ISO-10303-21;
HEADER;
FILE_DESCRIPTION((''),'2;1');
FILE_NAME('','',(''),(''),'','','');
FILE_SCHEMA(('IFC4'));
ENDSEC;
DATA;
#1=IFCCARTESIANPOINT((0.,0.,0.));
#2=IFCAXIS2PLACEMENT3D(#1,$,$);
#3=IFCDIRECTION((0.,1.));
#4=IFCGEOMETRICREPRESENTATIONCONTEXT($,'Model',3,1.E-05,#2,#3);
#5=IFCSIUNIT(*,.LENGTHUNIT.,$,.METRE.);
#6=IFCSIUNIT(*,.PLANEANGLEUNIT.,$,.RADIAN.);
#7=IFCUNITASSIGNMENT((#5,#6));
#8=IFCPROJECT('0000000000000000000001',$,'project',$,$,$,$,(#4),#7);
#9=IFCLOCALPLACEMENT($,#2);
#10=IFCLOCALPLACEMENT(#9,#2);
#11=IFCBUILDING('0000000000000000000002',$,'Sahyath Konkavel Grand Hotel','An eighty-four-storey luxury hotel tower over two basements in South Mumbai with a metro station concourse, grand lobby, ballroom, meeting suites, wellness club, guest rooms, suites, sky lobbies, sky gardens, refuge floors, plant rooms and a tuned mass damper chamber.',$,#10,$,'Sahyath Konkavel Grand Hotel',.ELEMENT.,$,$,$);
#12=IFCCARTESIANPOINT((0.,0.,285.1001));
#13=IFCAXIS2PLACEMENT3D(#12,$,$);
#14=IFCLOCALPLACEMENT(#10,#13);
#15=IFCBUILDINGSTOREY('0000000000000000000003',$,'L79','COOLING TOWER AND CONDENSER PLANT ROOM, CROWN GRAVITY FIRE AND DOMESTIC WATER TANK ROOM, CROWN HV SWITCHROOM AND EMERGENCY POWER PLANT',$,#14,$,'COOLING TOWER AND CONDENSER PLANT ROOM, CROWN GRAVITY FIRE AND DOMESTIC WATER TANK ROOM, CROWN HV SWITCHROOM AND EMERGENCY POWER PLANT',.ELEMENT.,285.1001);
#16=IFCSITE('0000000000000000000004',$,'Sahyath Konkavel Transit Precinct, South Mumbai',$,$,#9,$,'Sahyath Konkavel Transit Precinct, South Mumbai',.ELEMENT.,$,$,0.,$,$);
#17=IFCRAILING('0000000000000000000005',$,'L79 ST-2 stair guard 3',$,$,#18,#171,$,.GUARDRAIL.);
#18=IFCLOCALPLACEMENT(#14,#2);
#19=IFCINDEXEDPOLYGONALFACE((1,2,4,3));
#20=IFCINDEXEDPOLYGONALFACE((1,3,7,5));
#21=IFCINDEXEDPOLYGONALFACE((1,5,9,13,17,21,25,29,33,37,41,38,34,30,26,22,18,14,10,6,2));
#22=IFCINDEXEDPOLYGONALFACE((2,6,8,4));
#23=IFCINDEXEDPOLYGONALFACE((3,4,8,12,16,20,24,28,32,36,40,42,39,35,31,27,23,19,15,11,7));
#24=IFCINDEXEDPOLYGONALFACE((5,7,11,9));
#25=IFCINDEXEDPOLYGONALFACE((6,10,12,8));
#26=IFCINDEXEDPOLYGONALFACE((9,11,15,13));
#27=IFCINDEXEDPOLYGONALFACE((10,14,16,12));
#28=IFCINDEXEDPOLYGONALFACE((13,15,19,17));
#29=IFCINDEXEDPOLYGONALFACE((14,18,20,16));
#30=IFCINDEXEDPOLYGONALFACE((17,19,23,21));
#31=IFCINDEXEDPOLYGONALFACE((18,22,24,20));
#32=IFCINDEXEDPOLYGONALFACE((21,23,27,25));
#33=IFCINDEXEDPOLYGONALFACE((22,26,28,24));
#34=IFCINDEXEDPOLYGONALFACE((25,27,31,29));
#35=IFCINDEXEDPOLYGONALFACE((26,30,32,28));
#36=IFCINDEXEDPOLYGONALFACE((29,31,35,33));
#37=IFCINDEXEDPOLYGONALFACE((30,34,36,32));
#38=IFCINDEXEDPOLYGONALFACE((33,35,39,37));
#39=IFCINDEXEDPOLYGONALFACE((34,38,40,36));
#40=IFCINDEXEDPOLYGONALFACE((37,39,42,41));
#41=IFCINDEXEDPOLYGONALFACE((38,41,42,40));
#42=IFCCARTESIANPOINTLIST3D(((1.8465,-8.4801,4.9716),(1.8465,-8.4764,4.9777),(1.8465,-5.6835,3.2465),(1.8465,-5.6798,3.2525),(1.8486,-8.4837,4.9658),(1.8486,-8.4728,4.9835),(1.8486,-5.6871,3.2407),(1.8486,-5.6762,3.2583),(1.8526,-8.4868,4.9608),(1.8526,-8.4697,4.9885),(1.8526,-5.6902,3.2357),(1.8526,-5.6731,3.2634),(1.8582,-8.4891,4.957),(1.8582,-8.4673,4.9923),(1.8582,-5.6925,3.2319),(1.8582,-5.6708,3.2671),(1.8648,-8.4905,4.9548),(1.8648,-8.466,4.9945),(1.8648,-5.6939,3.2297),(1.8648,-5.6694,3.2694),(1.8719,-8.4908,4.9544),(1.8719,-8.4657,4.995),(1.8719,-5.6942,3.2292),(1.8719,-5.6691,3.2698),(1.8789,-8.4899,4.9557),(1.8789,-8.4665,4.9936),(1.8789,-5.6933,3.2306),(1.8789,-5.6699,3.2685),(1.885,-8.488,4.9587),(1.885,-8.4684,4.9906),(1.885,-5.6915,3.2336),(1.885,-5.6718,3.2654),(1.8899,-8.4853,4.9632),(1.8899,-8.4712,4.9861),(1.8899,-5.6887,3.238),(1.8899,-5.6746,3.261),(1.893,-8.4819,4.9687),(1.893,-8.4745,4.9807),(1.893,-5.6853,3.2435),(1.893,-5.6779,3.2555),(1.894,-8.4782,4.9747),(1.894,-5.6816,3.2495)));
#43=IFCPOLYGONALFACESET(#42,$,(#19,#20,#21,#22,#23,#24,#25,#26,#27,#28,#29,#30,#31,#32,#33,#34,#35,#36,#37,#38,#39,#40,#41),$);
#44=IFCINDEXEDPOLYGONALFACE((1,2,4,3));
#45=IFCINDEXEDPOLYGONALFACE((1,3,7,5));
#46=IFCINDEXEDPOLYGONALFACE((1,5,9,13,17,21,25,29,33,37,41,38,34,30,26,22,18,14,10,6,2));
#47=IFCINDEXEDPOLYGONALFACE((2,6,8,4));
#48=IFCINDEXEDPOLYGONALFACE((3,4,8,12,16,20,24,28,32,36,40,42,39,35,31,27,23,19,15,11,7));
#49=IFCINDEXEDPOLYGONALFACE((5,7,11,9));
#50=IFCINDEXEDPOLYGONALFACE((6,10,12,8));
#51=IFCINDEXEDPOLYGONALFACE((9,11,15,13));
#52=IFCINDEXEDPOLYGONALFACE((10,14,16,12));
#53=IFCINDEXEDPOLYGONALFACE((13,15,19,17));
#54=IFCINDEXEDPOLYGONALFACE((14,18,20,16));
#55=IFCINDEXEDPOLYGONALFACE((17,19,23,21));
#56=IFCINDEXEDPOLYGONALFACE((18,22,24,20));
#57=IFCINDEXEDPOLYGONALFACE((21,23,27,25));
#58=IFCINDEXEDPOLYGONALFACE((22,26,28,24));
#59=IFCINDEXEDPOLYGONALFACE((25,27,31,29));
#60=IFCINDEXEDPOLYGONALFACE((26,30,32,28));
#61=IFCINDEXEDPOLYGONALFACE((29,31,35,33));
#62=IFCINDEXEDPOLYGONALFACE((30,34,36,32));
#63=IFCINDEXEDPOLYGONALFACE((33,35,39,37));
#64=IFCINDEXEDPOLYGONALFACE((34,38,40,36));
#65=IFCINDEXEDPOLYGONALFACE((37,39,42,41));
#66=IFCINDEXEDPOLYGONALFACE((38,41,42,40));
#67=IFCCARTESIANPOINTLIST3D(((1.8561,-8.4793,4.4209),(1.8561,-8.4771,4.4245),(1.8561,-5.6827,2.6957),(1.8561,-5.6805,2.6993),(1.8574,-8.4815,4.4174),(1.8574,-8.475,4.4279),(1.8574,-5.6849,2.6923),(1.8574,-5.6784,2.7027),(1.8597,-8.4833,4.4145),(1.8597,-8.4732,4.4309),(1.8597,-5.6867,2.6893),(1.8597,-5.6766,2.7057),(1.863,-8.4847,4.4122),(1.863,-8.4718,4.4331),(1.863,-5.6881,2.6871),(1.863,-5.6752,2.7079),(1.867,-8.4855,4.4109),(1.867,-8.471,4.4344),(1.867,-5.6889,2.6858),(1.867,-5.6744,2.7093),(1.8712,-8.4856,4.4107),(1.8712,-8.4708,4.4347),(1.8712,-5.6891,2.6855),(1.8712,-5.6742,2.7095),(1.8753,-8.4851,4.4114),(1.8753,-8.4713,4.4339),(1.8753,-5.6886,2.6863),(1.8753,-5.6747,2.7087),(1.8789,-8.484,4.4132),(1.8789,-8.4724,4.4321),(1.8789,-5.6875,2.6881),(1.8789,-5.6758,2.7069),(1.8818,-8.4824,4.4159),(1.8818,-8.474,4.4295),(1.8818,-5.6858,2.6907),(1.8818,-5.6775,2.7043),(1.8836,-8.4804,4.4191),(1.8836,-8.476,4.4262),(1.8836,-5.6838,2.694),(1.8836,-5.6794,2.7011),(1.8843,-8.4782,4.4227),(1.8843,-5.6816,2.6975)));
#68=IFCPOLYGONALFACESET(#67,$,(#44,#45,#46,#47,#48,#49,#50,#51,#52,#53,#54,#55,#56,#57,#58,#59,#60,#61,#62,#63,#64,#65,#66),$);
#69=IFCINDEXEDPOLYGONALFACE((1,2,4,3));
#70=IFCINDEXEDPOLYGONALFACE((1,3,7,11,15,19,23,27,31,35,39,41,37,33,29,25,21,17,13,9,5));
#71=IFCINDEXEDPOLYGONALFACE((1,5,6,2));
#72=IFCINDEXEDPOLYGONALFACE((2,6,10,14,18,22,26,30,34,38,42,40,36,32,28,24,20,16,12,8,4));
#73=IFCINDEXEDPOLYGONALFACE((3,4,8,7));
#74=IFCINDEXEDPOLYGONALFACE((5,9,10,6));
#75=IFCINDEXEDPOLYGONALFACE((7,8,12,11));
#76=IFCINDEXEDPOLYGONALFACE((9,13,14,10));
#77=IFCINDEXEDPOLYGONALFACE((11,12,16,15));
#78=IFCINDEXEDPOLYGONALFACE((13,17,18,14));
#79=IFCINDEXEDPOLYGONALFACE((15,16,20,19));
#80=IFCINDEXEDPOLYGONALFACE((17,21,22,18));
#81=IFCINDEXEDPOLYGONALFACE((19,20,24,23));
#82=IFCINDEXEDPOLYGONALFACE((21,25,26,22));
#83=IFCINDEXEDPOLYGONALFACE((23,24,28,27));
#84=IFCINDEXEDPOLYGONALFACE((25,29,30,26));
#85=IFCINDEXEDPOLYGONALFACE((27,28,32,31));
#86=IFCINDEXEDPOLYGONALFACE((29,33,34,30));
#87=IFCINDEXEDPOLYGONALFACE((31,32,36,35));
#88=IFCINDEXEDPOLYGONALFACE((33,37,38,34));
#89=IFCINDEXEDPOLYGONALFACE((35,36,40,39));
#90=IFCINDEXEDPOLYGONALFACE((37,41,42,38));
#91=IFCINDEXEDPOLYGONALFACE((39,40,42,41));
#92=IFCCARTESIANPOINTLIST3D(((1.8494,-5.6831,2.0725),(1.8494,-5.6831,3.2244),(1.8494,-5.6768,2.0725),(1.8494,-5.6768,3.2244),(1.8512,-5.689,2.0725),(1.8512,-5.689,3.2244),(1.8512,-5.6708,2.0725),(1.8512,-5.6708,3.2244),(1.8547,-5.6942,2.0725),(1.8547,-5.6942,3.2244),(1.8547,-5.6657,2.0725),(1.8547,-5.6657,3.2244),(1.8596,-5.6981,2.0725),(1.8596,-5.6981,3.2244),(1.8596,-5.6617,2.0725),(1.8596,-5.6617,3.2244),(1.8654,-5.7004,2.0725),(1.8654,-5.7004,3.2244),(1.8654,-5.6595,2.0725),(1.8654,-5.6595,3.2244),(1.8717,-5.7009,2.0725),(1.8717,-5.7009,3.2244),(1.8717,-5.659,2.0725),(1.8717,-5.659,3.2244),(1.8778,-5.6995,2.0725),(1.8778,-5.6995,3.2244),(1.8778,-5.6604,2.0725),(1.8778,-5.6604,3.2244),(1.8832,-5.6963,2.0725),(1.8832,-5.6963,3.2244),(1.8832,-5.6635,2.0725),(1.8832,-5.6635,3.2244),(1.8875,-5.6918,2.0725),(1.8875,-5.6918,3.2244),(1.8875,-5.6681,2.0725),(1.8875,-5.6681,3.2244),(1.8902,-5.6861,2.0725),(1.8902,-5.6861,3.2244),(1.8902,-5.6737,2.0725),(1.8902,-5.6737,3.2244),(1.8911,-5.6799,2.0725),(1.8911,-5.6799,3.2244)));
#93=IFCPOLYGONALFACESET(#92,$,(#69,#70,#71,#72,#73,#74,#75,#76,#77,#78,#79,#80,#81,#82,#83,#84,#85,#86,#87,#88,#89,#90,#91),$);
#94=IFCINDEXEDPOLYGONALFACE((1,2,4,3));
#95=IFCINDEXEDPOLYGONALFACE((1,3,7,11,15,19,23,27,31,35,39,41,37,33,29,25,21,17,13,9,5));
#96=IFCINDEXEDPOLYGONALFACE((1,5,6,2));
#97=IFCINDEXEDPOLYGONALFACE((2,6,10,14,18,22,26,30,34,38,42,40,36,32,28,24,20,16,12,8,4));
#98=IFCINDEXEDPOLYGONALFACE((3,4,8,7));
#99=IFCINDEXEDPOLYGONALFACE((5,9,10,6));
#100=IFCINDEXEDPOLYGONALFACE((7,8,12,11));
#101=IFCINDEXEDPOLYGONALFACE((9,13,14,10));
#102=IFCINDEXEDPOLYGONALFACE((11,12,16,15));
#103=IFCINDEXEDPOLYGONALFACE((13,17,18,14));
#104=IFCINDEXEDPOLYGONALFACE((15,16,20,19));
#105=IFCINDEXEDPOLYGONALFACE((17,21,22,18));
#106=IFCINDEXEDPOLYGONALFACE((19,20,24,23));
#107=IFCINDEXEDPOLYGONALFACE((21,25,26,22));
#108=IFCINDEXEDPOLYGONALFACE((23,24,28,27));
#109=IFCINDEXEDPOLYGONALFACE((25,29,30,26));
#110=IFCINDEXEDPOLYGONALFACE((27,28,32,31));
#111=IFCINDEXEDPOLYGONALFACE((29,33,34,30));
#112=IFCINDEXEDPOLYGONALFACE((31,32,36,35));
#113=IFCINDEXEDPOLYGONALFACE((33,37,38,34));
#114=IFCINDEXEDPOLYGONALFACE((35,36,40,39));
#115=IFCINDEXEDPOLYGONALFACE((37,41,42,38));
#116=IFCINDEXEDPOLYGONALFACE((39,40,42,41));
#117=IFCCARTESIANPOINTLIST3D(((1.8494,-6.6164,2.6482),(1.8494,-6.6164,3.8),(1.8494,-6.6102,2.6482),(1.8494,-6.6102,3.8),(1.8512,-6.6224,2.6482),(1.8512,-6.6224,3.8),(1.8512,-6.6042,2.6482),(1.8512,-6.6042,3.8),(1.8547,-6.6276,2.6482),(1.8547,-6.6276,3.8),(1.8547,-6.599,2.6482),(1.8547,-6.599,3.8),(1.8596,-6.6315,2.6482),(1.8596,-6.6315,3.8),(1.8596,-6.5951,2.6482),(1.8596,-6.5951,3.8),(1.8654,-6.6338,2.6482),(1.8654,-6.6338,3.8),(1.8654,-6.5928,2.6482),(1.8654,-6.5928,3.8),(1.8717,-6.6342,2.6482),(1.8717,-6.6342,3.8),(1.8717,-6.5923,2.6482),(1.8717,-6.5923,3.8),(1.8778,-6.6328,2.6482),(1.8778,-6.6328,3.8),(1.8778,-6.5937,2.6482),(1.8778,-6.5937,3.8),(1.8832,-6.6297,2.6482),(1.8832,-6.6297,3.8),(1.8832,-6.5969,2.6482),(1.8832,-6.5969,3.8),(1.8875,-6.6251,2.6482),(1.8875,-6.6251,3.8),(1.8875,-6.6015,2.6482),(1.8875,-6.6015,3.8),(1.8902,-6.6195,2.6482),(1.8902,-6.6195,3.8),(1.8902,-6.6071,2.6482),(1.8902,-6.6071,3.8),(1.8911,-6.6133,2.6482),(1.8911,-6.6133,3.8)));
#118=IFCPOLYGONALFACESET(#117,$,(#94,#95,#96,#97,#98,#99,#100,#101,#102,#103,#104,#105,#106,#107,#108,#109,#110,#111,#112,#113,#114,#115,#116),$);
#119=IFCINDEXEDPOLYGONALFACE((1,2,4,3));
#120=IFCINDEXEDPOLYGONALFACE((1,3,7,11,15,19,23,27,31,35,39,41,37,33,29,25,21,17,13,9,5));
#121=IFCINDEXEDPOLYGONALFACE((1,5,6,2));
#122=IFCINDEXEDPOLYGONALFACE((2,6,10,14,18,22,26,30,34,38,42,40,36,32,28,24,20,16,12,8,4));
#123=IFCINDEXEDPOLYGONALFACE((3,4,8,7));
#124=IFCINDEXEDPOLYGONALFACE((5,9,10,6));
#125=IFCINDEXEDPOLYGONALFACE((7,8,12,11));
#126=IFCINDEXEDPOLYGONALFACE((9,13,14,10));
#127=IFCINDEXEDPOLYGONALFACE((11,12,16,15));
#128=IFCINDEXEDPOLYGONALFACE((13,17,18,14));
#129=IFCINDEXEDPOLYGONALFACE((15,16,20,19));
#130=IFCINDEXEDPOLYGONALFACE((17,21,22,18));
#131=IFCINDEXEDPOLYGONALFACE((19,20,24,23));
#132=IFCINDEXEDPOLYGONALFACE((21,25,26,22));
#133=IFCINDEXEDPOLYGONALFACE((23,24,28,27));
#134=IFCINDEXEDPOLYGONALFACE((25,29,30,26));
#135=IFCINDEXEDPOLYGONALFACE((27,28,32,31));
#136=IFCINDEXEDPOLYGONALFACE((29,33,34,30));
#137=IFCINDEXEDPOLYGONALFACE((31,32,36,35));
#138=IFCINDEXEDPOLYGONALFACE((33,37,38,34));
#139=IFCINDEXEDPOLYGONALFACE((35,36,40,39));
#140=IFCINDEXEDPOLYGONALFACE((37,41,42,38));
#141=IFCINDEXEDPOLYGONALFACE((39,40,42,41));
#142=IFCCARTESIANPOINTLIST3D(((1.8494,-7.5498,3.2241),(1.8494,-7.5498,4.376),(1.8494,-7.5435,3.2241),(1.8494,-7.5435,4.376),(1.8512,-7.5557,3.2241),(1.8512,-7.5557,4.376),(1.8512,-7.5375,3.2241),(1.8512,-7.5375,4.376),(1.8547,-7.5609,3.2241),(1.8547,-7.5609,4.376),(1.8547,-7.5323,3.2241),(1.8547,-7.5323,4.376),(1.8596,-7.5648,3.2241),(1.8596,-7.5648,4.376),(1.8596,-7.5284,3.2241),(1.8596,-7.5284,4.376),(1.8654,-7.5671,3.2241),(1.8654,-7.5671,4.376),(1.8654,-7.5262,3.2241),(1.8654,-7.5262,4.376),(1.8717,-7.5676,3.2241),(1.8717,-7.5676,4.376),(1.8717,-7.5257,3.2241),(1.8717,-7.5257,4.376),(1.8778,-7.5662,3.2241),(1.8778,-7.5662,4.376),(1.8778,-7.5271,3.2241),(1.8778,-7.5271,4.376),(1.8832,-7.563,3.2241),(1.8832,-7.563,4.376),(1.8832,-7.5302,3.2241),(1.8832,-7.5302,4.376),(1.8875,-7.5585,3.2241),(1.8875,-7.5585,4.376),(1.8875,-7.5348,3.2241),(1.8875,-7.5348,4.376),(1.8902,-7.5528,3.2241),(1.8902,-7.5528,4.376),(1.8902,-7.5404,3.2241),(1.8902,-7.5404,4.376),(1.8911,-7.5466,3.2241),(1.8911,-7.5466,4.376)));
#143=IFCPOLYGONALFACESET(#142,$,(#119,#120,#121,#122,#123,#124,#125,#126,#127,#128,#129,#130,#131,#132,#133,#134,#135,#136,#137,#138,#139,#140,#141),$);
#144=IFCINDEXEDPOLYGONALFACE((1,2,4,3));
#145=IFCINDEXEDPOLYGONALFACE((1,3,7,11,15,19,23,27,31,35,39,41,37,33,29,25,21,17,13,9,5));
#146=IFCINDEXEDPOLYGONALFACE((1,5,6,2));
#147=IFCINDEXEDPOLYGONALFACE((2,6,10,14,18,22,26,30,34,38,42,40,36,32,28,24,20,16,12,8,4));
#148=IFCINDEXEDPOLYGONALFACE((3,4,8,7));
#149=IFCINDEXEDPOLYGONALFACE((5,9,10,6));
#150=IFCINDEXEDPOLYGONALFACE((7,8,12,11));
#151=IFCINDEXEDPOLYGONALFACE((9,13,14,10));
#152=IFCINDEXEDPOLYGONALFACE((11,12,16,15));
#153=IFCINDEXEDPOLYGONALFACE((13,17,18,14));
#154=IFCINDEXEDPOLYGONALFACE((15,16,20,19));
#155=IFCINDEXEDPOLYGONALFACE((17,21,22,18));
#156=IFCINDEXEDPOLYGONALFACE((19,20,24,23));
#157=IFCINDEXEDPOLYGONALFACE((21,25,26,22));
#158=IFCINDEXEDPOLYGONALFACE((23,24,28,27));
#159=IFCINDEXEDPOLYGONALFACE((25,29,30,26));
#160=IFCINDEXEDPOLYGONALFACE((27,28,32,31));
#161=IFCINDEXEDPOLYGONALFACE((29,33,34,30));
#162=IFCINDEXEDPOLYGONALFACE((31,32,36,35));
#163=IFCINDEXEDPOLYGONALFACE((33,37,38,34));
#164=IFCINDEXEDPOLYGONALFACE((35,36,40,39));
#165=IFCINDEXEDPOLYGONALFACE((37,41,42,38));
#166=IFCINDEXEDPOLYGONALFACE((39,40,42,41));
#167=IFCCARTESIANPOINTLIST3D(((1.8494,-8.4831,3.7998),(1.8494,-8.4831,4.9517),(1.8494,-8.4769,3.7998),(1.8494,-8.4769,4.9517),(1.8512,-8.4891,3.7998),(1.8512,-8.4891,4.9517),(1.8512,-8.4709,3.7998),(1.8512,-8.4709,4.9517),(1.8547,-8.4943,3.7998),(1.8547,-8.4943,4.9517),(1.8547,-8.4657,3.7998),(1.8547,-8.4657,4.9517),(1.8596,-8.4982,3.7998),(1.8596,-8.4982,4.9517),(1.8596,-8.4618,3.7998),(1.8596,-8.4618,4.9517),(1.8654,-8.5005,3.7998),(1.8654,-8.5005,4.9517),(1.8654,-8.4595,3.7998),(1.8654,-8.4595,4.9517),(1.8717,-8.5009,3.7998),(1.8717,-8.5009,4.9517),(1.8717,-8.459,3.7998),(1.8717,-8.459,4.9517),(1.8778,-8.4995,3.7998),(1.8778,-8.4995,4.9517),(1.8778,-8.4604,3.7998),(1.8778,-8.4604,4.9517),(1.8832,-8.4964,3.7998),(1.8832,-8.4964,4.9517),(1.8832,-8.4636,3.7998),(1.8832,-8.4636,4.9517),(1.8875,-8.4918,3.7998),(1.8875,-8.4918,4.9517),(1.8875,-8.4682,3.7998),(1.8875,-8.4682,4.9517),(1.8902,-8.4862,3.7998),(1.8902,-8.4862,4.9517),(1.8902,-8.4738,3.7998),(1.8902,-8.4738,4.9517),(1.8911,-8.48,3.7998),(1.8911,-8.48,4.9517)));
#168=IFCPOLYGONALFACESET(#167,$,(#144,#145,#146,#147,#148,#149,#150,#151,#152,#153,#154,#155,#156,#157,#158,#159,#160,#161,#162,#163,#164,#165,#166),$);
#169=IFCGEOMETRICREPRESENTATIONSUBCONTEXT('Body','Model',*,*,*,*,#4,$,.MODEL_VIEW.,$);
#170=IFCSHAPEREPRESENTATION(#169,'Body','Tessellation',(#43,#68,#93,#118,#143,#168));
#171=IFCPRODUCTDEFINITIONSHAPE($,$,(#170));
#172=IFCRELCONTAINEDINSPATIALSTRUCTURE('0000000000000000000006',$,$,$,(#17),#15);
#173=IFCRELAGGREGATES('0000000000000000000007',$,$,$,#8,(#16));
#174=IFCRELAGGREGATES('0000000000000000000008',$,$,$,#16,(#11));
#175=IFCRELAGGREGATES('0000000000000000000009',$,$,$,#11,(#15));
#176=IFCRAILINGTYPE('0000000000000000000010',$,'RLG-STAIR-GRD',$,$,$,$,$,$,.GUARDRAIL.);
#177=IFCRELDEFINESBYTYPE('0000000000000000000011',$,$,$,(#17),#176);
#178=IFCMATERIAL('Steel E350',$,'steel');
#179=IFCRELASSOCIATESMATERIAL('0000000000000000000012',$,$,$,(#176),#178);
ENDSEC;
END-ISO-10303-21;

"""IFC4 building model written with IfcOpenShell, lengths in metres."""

from ifc_helpers import new_model, si_unit, direction, frame, origin, origin_2d, place, context, subcontext, project, spatial, circle, extrude, material, type_object, element, save


model = new_model("IFC4")

# Units and contexts
model_context = context("Model", 3, precision=1e-05, world=origin(), true_north=direction((0.0, 1.0)))
body_context = subcontext(model_context, "Body", "Model", "MODEL_VIEW")
ifc_project = project(units=[si_unit("LENGTHUNIT", "METRE"), si_unit("PLANEANGLEUNIT", "RADIAN")], contexts=[model_context])

# Site, building, storey
site_placement = place(None, origin())
site = spatial("IfcSite", under=ifc_project, at=site_placement, Name="Sahyath Konkavel Transit Precinct, South Mumbai", LongName="Sahyath Konkavel Transit Precinct, South Mumbai", CompositionType="ELEMENT", RefElevation=0.0)
building_placement = place(site_placement, origin())
building = spatial("IfcBuilding", under=site, at=building_placement, Name="Sahyath Konkavel Grand Hotel", Description="An eighty-four-storey luxury hotel tower over two basements in South Mumbai with a metro station concourse, grand lobby, ballroom, meeting suites, wellness club, guest rooms, suites, sky lobbies, sky gardens, refuge floors, plant rooms and a tuned mass damper chamber.", LongName="Sahyath Konkavel Grand Hotel", CompositionType="ELEMENT")
storey_placement = place(building_placement, frame((0.0, 0.0, 285.1001)))
storey = spatial("IfcBuildingStorey", under=building, at=storey_placement, Name="L79", Description="COOLING TOWER AND CONDENSER PLANT ROOM, CROWN GRAVITY FIRE AND DOMESTIC WATER TANK ROOM, CROWN HV SWITCHROOM AND EMERGENCY POWER PLANT", LongName="COOLING TOWER AND CONDENSER PLANT ROOM, CROWN GRAVITY FIRE AND DOMESTIC WATER TANK ROOM, CROWN HV SWITCHROOM AND EMERGENCY POWER PLANT", CompositionType="ELEMENT", Elevation=285.1001)

# Shared definitions
ifc_material_1 = material(Name="Steel E350", Category="steel")

# Railing
railing_type_1 = type_object("IfcRailingType", Name="RLG-STAIR-GRD", PredefinedType="GUARDRAIL", material=ifc_material_1)
railing_1_placement = place(storey_placement, frame((1.8701, -5.6799, 2.0725)))
element("IfcRailing", 1, at=railing_1_placement, inside=storey, type_object=railing_type_1, Name="L79 ST-2 stair guard 3", PredefinedType="GUARDRAIL", context=body_context, shape_type="SweptSolid", body=[
    extrude(circle(Radius=0.0239, at=origin_2d()), frame((0.0, -0.0017, 1.177), z_axis=(0.0, -0.85109, 0.52502), x_axis=(1.0, 0.0, 0.0)), (0.0, 0.0, 1.0), 3.2859),
    extrude(circle(Radius=0.0142, at=origin_2d()), frame((0.0, -0.0017, 0.625), z_axis=(0.0, -0.85109, 0.52502), x_axis=(1.0, 0.0, 0.0)), (0.0, 0.0, 1.0), 3.2859),
    extrude(circle(Radius=0.021, at=origin_2d()), origin(), (0.0, 0.0, 1.0), 1.1519),
    extrude(circle(Radius=0.021, at=origin_2d()), frame((0.0, -0.9333, 0.5757)), (0.0, 0.0, 1.0), 1.1519),
    extrude(circle(Radius=0.021, at=origin_2d()), frame((0.0, -1.8667, 1.1516)), (0.0, 0.0, 1.0), 1.1519),
    extrude(circle(Radius=0.021, at=origin_2d()), frame((0.0, -2.8, 1.7273)), (0.0, 0.0, 1.0), 1.1519),
])

save(model, "model.ifc")
